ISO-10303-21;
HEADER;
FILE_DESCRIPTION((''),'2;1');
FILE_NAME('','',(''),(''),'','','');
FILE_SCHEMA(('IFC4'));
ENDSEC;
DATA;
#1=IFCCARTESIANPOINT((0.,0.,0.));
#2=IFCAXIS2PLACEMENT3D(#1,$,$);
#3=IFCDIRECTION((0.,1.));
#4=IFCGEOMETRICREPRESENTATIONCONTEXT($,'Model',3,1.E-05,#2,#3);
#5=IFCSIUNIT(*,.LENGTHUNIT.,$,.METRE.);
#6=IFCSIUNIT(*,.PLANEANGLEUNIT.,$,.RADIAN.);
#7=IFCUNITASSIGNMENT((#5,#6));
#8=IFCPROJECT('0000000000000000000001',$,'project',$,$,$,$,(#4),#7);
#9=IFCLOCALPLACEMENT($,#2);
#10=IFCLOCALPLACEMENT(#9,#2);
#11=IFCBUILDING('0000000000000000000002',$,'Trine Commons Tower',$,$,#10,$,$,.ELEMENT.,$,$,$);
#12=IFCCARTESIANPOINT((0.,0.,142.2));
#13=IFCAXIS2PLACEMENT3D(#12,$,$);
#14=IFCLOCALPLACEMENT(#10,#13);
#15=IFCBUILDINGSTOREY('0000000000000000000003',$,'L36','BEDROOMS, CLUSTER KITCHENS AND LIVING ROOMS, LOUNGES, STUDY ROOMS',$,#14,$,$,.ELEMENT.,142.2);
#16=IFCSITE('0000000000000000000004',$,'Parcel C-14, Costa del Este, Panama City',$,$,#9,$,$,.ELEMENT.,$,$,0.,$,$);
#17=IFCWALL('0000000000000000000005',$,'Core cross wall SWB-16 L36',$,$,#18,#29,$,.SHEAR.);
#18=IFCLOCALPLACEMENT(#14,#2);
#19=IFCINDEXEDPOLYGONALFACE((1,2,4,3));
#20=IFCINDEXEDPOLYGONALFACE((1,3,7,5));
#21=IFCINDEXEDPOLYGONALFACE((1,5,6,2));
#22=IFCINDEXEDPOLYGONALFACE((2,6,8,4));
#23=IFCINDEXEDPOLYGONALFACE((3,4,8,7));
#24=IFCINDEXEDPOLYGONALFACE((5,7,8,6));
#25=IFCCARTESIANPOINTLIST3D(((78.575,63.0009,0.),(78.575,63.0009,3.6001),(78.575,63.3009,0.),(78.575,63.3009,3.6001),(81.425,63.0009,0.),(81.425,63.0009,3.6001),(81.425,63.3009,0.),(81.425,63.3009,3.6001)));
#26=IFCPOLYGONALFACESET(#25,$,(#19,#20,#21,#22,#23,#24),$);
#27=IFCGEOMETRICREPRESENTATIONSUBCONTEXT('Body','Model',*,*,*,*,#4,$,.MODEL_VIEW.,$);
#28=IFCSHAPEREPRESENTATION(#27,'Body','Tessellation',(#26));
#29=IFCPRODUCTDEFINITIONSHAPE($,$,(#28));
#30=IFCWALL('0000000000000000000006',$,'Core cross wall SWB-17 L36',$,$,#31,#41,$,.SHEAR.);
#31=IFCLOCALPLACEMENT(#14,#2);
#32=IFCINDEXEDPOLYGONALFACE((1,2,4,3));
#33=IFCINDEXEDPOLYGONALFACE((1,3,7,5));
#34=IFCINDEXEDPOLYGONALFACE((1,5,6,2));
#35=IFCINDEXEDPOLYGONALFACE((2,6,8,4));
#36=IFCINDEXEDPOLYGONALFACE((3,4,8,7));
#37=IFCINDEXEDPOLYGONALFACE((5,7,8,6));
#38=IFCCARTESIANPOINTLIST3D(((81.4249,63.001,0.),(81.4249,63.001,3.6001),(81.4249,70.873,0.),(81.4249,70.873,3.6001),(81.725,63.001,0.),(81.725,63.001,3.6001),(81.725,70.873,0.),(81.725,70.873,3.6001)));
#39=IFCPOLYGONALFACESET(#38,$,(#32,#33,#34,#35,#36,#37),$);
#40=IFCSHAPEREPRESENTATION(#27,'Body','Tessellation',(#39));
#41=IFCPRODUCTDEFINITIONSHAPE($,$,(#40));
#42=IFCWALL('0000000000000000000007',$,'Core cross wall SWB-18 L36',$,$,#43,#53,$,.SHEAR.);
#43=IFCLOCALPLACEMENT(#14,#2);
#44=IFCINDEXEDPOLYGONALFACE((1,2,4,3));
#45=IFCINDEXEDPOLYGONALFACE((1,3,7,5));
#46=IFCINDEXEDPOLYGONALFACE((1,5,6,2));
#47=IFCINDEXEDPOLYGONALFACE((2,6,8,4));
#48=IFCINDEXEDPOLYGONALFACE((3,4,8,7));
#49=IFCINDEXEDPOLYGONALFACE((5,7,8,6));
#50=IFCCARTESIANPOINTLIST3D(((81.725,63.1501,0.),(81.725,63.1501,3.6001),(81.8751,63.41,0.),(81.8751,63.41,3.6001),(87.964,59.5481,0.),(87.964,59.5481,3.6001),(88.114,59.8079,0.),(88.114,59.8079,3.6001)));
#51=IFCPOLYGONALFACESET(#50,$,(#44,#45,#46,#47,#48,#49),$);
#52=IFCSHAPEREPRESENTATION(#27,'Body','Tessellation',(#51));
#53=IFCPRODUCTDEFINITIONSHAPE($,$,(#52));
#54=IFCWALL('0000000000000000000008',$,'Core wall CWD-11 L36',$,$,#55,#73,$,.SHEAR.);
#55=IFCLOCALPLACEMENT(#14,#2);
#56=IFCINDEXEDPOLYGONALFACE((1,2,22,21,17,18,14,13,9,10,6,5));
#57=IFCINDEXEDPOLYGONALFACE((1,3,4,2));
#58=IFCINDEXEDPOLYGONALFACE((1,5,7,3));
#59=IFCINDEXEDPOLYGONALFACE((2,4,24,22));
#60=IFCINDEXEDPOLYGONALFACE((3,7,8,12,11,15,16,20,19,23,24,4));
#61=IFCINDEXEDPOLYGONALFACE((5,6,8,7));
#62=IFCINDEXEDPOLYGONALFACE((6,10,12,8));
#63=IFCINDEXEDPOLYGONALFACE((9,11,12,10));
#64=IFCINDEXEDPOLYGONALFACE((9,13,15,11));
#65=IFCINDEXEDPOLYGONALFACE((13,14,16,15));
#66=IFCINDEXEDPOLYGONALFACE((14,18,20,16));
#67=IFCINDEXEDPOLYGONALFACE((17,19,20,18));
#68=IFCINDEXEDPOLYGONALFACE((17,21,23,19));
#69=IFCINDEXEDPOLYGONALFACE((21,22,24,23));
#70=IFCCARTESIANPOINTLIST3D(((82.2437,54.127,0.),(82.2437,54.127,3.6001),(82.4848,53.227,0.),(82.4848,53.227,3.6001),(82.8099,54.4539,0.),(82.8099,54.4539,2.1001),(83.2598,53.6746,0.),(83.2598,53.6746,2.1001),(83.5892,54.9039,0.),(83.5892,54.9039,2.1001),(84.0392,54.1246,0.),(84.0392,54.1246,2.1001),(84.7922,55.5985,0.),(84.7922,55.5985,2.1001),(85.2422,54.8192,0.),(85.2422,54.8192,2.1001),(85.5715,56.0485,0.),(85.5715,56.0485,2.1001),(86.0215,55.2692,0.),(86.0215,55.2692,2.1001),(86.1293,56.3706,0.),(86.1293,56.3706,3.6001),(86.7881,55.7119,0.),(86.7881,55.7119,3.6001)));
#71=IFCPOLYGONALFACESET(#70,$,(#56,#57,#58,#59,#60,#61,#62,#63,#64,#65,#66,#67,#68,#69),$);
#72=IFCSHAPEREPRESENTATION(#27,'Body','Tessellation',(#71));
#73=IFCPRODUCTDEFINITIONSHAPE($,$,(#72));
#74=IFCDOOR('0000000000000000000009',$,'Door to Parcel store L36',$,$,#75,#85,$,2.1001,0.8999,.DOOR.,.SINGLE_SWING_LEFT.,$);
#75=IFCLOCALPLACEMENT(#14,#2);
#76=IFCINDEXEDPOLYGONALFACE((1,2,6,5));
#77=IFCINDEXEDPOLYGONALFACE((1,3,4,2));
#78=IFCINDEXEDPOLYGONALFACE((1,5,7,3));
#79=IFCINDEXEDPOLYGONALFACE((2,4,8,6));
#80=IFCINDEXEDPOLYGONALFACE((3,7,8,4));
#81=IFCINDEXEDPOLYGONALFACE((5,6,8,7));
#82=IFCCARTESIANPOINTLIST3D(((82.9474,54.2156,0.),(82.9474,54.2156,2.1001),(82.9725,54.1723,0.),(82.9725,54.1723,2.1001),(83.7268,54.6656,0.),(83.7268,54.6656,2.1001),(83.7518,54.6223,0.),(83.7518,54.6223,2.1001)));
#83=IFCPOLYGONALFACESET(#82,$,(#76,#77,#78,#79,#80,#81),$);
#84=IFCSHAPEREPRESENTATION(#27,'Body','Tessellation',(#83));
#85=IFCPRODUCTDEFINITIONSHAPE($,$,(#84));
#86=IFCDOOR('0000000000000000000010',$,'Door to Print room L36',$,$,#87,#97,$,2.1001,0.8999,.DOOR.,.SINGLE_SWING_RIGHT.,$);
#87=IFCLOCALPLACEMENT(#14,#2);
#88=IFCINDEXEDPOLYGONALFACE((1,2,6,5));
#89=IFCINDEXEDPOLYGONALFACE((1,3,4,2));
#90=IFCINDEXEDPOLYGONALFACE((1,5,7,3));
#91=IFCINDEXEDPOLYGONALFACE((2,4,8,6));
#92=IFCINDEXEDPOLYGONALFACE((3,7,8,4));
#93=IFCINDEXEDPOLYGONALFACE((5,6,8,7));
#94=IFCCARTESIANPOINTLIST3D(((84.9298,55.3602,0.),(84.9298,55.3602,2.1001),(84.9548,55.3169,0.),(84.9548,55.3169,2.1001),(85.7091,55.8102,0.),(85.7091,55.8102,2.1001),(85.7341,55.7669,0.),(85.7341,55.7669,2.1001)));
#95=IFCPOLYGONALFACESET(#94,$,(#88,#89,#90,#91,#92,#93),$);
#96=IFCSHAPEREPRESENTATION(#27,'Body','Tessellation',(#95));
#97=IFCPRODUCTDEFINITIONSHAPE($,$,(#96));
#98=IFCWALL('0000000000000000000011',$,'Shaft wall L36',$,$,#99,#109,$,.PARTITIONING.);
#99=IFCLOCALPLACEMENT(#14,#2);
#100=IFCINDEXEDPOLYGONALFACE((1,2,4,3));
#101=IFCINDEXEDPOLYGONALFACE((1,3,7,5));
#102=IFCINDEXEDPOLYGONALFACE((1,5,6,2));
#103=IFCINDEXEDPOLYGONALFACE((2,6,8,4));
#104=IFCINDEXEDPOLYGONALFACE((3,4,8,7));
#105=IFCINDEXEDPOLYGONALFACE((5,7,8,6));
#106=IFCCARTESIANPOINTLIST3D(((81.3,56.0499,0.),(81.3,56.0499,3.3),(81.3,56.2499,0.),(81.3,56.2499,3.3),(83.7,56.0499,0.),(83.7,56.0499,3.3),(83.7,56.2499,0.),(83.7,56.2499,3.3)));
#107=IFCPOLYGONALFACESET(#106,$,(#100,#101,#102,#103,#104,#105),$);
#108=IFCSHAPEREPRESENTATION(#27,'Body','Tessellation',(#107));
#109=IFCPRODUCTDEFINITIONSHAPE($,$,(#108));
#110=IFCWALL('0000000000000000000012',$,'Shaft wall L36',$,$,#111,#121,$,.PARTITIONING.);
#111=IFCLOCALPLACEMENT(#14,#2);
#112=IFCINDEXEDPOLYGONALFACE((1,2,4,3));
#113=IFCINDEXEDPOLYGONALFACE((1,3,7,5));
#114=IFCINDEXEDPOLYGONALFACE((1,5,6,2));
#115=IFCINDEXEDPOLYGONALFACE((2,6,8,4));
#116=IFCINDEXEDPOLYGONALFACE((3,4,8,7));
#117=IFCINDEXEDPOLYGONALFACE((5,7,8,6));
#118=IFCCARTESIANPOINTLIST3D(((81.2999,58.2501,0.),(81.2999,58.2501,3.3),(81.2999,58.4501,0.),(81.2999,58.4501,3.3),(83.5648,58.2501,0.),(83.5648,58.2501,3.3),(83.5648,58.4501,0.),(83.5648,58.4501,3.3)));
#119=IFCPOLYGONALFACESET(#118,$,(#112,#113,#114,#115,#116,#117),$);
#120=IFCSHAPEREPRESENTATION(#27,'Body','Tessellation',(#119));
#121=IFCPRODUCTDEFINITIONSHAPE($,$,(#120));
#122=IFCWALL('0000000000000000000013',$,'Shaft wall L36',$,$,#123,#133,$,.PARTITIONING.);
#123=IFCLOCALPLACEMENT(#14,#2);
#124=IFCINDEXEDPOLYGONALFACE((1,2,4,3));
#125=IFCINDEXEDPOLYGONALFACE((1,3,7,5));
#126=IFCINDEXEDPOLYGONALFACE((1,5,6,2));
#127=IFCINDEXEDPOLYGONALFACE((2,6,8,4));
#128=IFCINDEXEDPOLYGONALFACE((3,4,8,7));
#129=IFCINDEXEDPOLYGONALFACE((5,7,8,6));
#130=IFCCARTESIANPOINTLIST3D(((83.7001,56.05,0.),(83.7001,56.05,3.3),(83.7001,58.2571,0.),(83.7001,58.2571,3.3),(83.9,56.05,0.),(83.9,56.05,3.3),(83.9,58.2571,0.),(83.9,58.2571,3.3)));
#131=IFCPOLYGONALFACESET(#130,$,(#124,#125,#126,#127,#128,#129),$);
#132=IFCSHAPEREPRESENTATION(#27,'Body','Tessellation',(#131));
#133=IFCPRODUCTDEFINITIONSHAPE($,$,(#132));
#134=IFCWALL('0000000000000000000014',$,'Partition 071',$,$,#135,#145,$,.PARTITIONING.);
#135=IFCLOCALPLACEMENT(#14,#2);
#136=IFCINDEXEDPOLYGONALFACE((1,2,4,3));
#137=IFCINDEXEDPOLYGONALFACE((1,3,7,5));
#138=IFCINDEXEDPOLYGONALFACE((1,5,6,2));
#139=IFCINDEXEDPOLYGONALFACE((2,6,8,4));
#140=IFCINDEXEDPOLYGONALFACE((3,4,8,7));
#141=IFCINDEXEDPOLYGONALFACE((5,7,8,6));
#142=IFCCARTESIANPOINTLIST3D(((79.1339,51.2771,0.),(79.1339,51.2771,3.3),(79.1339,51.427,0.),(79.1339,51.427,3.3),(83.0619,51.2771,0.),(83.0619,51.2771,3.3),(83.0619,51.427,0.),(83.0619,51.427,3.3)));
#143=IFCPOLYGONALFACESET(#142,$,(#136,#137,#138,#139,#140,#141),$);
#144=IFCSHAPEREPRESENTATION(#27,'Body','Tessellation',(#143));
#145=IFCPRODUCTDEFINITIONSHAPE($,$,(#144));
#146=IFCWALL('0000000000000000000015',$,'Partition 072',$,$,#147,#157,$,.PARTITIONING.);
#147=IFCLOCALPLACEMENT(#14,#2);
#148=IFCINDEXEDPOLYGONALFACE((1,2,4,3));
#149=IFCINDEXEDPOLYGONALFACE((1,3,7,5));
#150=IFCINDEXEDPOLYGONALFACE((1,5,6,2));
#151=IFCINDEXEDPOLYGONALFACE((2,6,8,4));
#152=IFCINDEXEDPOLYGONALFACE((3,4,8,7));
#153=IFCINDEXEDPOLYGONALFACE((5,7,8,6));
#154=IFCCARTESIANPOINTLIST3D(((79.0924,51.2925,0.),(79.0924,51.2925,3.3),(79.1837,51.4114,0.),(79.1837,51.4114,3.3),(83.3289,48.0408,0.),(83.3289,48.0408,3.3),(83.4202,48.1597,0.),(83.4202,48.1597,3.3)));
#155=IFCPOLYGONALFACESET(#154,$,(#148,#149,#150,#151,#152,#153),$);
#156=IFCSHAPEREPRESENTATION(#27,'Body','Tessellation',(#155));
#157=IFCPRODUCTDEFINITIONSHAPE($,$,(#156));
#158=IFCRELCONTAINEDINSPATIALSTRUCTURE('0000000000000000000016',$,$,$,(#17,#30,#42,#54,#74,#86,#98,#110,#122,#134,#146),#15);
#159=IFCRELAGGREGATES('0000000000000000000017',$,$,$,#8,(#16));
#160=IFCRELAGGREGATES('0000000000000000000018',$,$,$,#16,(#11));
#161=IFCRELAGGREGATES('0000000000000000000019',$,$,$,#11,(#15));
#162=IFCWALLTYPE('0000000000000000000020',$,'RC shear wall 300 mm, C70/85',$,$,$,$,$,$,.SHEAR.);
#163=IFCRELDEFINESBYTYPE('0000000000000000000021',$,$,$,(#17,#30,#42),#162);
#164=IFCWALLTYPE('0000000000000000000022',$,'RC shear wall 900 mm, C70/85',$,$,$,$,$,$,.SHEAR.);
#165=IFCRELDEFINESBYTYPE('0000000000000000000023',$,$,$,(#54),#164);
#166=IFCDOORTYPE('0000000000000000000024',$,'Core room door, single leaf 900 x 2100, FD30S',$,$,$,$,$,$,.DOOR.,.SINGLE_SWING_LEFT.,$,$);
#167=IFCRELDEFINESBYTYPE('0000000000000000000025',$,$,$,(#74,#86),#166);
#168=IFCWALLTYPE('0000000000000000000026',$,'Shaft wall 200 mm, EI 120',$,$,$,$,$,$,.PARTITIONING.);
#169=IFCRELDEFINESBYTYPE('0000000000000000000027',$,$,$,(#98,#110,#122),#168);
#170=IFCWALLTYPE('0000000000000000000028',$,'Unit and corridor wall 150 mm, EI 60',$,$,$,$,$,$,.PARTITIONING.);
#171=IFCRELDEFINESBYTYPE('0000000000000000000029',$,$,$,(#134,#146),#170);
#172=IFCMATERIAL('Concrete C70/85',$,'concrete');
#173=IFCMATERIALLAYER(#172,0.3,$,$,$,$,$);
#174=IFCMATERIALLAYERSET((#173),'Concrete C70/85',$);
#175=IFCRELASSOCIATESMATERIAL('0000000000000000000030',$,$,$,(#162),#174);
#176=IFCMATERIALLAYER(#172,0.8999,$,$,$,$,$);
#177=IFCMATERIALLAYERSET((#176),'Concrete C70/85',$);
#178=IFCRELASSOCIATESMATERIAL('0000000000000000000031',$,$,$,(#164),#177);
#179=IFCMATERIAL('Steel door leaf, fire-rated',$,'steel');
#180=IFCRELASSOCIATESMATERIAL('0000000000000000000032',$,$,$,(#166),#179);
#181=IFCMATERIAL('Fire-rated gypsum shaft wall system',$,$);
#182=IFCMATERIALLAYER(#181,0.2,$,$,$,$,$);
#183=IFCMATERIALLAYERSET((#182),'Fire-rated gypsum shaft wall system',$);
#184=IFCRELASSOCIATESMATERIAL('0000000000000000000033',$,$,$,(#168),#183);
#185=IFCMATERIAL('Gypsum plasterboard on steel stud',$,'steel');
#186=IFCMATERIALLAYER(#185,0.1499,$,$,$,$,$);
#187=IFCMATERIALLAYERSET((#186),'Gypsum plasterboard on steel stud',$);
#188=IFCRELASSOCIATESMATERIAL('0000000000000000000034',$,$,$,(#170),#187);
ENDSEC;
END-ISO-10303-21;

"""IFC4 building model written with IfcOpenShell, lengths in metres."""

from ifc_helpers import new_model, si_unit, direction, frame, frame_2d, origin, place, context, subcontext, project, spatial, polyline, rectangle, outline, extrude, material, layer, layer_set, type_object, element, fill, save


model = new_model("IFC4")

# Units and contexts
model_context = context("Model", 3, precision=1e-05, world=origin(), true_north=direction((0.0, 1.0)))
body_context = subcontext(model_context, "Body", "Model", "MODEL_VIEW")
ifc_project = project(units=[si_unit("LENGTHUNIT", "METRE"), si_unit("PLANEANGLEUNIT", "RADIAN")], contexts=[model_context])

# Site, building, storey
site_placement = place(None, origin())
site = spatial("IfcSite", under=ifc_project, at=site_placement, Name="Parcel C-14, Costa del Este, Panama City", CompositionType="ELEMENT", RefElevation=0.0)
building_placement = place(site_placement, origin())
building = spatial("IfcBuilding", under=site, at=building_placement, Name="Trine Commons Tower", CompositionType="ELEMENT")
storey_placement = place(building_placement, frame((0.0, 0.0, 142.2)))
storey = spatial("IfcBuildingStorey", under=building, at=storey_placement, Name="L36", Description="BEDROOMS, CLUSTER KITCHENS AND LIVING ROOMS, LOUNGES, STUDY ROOMS", CompositionType="ELEMENT", Elevation=142.2)

# Shared definitions
ifc_material_1 = material(Name="Fire-rated gypsum shaft wall system")
ifc_material_2 = material(Name="Steel door leaf, fire-rated", Category="steel")
ifc_material_3 = material(Name="Concrete C70/85", Category="concrete")
ifc_layer_1 = layer(ifc_material_3, 0.3)
ifc_layer_set_1 = layer_set([ifc_layer_1], Name="Concrete C70/85")
wall_type_1 = type_object("IfcWallType", Name="RC shear wall 300 mm, C70/85", PredefinedType="SHEAR", material=ifc_layer_set_1)

# Walls
wall_1_placement = place(storey_placement, frame((81.425, 63.1509, 0.0), z_axis=(0.0, 0.0, 1.0), x_axis=(-1.0, 0.0, 0.0)))
element("IfcWall", 1, at=wall_1_placement, inside=storey, type_object=wall_type_1, Name="Core cross wall SWB-16 L36", PredefinedType="SHEAR", context=body_context, shape_type="SweptSolid", body=[
    extrude(rectangle(XDim=2.8501, YDim=0.3, at=frame_2d((1.425, 0.0))), origin(), (0.0, 0.0, 1.0), 3.6001),
])
wall_2_placement = place(storey_placement, frame((81.575, 63.001, 0.0), z_axis=(0.0, 0.0, 1.0), x_axis=(0.0, 1.0, 0.0)))
element("IfcWall", 2, at=wall_2_placement, inside=storey, type_object=wall_type_1, Name="Core cross wall SWB-17 L36", PredefinedType="SHEAR", context=body_context, shape_type="SweptSolid", body=[
    extrude(rectangle(XDim=7.8721, YDim=0.3, at=frame_2d((3.936, 0.0))), origin(), (0.0, 0.0, 1.0), 3.6001),
])
wall_3_placement = place(storey_placement, frame((81.8, 63.28, 0.0), z_axis=(0.0, 0.0, 1.0), x_axis=(0.866028, -0.499995, 0.0)))
element("IfcWall", 3, at=wall_3_placement, inside=storey, type_object=wall_type_1, Name="Core cross wall SWB-18 L36", PredefinedType="SHEAR", context=body_context, shape_type="SweptSolid", body=[
    extrude(rectangle(XDim=7.2041, YDim=0.3, at=frame_2d((3.6021, 0.0))), origin(), (0.0, 0.0, 1.0), 3.6001),
])

# Wall, openings, doors
ifc_layer_2 = layer(ifc_material_3, 0.8999)
ifc_layer_set_2 = layer_set([ifc_layer_2], Name="Concrete C70/85")
wall_type_2 = type_object("IfcWallType", Name="RC shear wall 900 mm, C70/85", PredefinedType="SHEAR", material=ifc_layer_set_2)
wall_4_placement = place(storey_placement, frame((82.2598, 53.6167, 0.0), z_axis=(0.0, 0.0, 1.0), x_axis=(0.866003, 0.500039, 0.0)))
wall_4 = element("IfcWall", 4, at=wall_4_placement, inside=storey, type_object=wall_type_2, Name="Core wall CWD-11 L36", PredefinedType="SHEAR", context=body_context, shape_type="SweptSolid", body=[
    extrude(outline(polyline([(0.0, -0.45), (4.9692, -0.45), (4.728, 0.45), (0.2412, 0.45), (0.0, -0.45)])), origin(), (0.0, 0.0, 1.0), 3.6001),
])
opening_1_placement = place(wall_4_placement, frame((0.895, 0.0, 0.0)))
opening_1 = element("IfcOpeningElement", 5, at=opening_1_placement, cuts=wall_4, PredefinedType="OPENING", context=body_context, shape_type="SweptSolid", body=[
    extrude(rectangle(XDim=0.8999, YDim=2.1001, at=frame_2d((0.45, 1.05))), frame((0.0, 0.46, 0.0), z_axis=(0.0, -1.0, 0.0), x_axis=(1.0, 0.0, 0.0)), (0.0, 0.0, 1.0), 0.9199),
])
opening_2_placement = place(wall_4_placement, frame((3.1841, 0.0, 0.0)))
opening_2 = element("IfcOpeningElement", 6, at=opening_2_placement, cuts=wall_4, PredefinedType="OPENING", context=body_context, shape_type="SweptSolid", body=[
    extrude(rectangle(XDim=0.8999, YDim=2.1001, at=frame_2d((0.45, 1.05))), frame((0.0, 0.46, 0.0), z_axis=(0.0, -1.0, 0.0), x_axis=(1.0, 0.0, 0.0)), (0.0, 0.0, 1.0), 0.9199),
])
door_type_1 = type_object("IfcDoorType", Name="Core room door, single leaf 900 x 2100, FD30S", OperationType="SINGLE_SWING_LEFT", PredefinedType="DOOR", material=ifc_material_2)
door_1_placement = place(opening_1_placement, origin())
door_1 = element("IfcDoor", 7, at=door_1_placement, inside=storey, type_object=door_type_1, Name="Door to Parcel store L36", OperationType="SINGLE_SWING_LEFT", OverallHeight=2.1001, OverallWidth=0.8999, PredefinedType="DOOR", context=body_context, shape_type="SweptSolid", body=[
    extrude(rectangle(XDim=0.8999, YDim=2.1001, at=frame_2d((0.45, 1.05))), frame((0.0, 0.1748, 0.0), z_axis=(0.0, -1.0, 0.0), x_axis=(1.0, 0.0, 0.0)), (0.0, 0.0, 1.0), 0.05),
])
fill(opening_1, door_1)
door_2_placement = place(opening_2_placement, origin())
door_2 = element("IfcDoor", 8, at=door_2_placement, inside=storey, type_object=door_type_1, Name="Door to Print room L36", OperationType="SINGLE_SWING_RIGHT", OverallHeight=2.1001, OverallWidth=0.8999, PredefinedType="DOOR", context=body_context, shape_type="SweptSolid", body=[
    extrude(rectangle(XDim=0.8999, YDim=2.1001, at=frame_2d((0.45, 1.05))), frame((0.0, 0.1748, 0.0), z_axis=(0.0, -1.0, 0.0), x_axis=(1.0, 0.0, 0.0)), (0.0, 0.0, 1.0), 0.05),
])
fill(opening_2, door_2)

# Walls
ifc_layer_3 = layer(ifc_material_1, 0.2)
ifc_layer_set_3 = layer_set([ifc_layer_3], Name="Fire-rated gypsum shaft wall system")
wall_type_3 = type_object("IfcWallType", Name="Shaft wall 200 mm, EI 120", PredefinedType="PARTITIONING", material=ifc_layer_set_3)
wall_5_placement = place(storey_placement, frame((81.3, 56.1499, 0.0), z_axis=(0.0, 0.0, 1.0), x_axis=(1.0, 0.0, 0.0)))
element("IfcWall", 9, at=wall_5_placement, inside=storey, type_object=wall_type_3, Name="Shaft wall L36", PredefinedType="PARTITIONING", context=body_context, shape_type="SweptSolid", body=[
    extrude(rectangle(XDim=2.3999, YDim=0.2, at=frame_2d((1.2, 0.0))), origin(), (0.0, 0.0, 1.0), 3.3),
])
wall_6_placement = place(storey_placement, frame((81.3, 58.3501, 0.0), z_axis=(0.0, 0.0, 1.0), x_axis=(1.0, 0.0, 0.0)))
element("IfcWall", 10, at=wall_6_placement, inside=storey, type_object=wall_type_3, Name="Shaft wall L36", PredefinedType="PARTITIONING", context=body_context, shape_type="SweptSolid", body=[
    extrude(rectangle(XDim=2.2649, YDim=0.2, at=frame_2d((1.1323, 0.0))), origin(), (0.0, 0.0, 1.0), 3.3),
])
wall_7_placement = place(storey_placement, frame((83.8, 58.2571, 0.0), z_axis=(0.0, 0.0, 1.0), x_axis=(0.0, -1.0, 0.0)))
element("IfcWall", 11, at=wall_7_placement, inside=storey, type_object=wall_type_3, Name="Shaft wall L36", PredefinedType="PARTITIONING", context=body_context, shape_type="SweptSolid", body=[
    extrude(rectangle(XDim=2.207, YDim=0.2, at=frame_2d((1.1035, 0.0))), origin(), (0.0, 0.0, 1.0), 3.3),
])
ifc_material_4 = material(Name="Gypsum plasterboard on steel stud", Category="steel")
ifc_layer_4 = layer(ifc_material_4, 0.1499)
ifc_layer_set_4 = layer_set([ifc_layer_4], Name="Gypsum plasterboard on steel stud")
wall_type_4 = type_object("IfcWallType", Name="Unit and corridor wall 150 mm, EI 60", PredefinedType="PARTITIONING", material=ifc_layer_set_4)
wall_8_placement = place(storey_placement, frame((79.134, 51.3521, 0.0), z_axis=(0.0, 0.0, 1.0), x_axis=(1.0, 0.0, 0.0)))
element("IfcWall", 12, at=wall_8_placement, inside=storey, type_object=wall_type_4, Name="Partition 071", PredefinedType="PARTITIONING", context=body_context, shape_type="SweptSolid", body=[
    extrude(rectangle(XDim=3.928, YDim=0.1499, at=frame_2d((1.9639, 0.0))), origin(), (0.0, 0.0, 1.0), 3.3),
])
wall_9_placement = place(storey_placement, frame((79.1379, 51.3521, 0.0), z_axis=(0.0, 0.0, 1.0), x_axis=(0.793274, -0.608864, 0.0)))
element("IfcWall", 13, at=wall_9_placement, inside=storey, type_object=wall_type_4, Name="Partition 072", PredefinedType="PARTITIONING", context=body_context, shape_type="SweptSolid", body=[
    extrude(rectangle(XDim=5.3406, YDim=0.1499, at=frame_2d((2.6704, 0.0))), origin(), (0.0, 0.0, 1.0), 3.3),
])

save(model, "model.ifc")
